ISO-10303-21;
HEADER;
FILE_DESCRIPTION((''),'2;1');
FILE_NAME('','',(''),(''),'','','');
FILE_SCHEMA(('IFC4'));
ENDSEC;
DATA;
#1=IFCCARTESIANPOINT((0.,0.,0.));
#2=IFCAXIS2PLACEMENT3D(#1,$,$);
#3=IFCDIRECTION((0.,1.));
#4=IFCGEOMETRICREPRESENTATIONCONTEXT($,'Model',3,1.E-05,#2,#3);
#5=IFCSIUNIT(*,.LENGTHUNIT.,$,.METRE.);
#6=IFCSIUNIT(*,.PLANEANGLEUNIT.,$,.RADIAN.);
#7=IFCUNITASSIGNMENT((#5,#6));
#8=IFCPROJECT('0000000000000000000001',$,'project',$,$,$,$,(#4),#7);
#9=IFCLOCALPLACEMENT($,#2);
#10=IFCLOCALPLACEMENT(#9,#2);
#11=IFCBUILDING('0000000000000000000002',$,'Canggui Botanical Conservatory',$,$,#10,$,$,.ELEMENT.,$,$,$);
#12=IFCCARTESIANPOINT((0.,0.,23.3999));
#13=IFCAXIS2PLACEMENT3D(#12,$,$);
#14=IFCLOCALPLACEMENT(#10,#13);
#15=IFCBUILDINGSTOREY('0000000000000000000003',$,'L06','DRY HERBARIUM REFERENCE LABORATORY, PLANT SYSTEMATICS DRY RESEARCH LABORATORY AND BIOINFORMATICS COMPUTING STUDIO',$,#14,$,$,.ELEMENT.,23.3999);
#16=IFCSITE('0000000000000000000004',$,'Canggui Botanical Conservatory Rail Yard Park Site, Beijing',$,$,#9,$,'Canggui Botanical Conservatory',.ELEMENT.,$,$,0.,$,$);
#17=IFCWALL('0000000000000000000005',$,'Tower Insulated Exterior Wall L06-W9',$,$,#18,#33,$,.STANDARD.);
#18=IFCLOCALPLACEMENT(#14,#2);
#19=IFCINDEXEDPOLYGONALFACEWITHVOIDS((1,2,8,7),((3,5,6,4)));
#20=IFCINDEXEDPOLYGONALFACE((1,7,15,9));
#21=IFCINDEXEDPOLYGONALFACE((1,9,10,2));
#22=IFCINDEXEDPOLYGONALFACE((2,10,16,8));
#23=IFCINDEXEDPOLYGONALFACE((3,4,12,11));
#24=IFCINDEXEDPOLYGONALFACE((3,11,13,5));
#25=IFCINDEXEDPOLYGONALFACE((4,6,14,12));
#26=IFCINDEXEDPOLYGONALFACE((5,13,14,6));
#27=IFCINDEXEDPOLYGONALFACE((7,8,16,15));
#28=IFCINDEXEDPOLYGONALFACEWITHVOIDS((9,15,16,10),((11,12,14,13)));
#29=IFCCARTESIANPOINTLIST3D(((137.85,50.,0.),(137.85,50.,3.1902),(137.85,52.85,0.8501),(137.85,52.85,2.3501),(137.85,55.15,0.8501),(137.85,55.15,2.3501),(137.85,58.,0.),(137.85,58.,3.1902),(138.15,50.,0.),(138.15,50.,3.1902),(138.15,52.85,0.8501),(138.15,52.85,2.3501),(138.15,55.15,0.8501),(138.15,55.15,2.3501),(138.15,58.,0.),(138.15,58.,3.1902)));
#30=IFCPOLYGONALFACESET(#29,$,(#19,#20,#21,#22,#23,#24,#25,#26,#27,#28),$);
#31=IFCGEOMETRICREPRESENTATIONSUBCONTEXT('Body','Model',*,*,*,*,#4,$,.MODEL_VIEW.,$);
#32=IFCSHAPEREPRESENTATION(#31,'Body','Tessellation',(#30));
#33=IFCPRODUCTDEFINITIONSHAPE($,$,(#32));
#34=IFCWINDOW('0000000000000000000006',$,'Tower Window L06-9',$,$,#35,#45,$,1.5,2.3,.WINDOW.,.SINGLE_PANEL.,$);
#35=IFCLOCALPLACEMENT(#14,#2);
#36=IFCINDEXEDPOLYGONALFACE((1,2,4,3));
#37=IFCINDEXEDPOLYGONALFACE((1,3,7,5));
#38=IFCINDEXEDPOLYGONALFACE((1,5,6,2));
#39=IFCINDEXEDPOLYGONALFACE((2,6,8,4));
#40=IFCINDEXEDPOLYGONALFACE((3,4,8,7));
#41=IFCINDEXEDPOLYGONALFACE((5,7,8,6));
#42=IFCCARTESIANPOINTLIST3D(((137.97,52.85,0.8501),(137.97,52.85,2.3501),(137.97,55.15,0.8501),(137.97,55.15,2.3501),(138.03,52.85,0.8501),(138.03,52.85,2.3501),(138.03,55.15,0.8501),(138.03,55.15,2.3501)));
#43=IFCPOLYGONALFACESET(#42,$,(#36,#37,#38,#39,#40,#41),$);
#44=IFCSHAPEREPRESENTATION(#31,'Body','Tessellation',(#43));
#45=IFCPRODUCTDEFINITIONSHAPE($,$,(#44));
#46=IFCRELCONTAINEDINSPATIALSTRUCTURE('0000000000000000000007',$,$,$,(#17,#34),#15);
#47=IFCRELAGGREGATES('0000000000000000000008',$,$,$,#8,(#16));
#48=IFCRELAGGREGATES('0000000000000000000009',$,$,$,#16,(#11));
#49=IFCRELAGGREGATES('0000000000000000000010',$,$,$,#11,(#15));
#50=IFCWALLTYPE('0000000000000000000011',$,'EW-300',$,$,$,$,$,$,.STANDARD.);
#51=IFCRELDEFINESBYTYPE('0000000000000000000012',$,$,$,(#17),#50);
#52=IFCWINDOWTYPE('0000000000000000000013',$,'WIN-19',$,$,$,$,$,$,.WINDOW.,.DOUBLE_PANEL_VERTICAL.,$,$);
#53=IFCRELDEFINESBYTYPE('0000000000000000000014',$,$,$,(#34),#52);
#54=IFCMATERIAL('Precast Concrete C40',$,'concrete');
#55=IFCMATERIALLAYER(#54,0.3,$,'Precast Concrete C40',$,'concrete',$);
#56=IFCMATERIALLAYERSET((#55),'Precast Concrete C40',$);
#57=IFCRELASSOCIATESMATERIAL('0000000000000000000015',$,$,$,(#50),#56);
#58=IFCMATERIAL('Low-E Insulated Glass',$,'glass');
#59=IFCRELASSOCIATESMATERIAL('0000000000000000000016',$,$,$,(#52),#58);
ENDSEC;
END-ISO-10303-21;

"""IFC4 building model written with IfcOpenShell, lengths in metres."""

from ifc_helpers import new_model, si_unit, direction, frame, frame_2d, origin, place, context, subcontext, project, spatial, rectangle, extrude, material, layer, layer_set, type_object, element, fill, save


model = new_model("IFC4")

# Units and contexts
model_context = context("Model", 3, precision=1e-05, world=origin(), true_north=direction((0.0, 1.0)))
body_context = subcontext(model_context, "Body", "Model", "MODEL_VIEW")
ifc_project = project(units=[si_unit("LENGTHUNIT", "METRE"), si_unit("PLANEANGLEUNIT", "RADIAN")], contexts=[model_context])

# Site, building, storey
site_placement = place(None, origin())
site = spatial("IfcSite", under=ifc_project, at=site_placement, Name="Canggui Botanical Conservatory Rail Yard Park Site, Beijing", LongName="Canggui Botanical Conservatory", CompositionType="ELEMENT", RefElevation=0.0)
building_placement = place(site_placement, origin())
building = spatial("IfcBuilding", under=site, at=building_placement, Name="Canggui Botanical Conservatory", CompositionType="ELEMENT")
storey_placement = place(building_placement, frame((0.0, 0.0, 23.3999)))
storey = spatial("IfcBuildingStorey", under=building, at=storey_placement, Name="L06", Description="DRY HERBARIUM REFERENCE LABORATORY, PLANT SYSTEMATICS DRY RESEARCH LABORATORY AND BIOINFORMATICS COMPUTING STUDIO", CompositionType="ELEMENT", Elevation=23.3999)

# Shared definitions
ifc_material_1 = material(Name="Low-E Insulated Glass", Category="glass")

# Wall, opening, window
ifc_material_2 = material(Name="Precast Concrete C40", Category="concrete")
ifc_layer_1 = layer(ifc_material_2, 0.3, Name="Precast Concrete C40", Category="concrete")
ifc_layer_set_1 = layer_set([ifc_layer_1], Name="Precast Concrete C40")
wall_type = type_object("IfcWallType", Name="EW-300", PredefinedType="STANDARD", material=ifc_layer_set_1)
wall_placement = place(storey_placement, frame((138.0, 50.0, 0.0), z_axis=(0.0, 0.0, 1.0), x_axis=(0.0, 1.0, 0.0)))
wall = element("IfcWall", 1, at=wall_placement, inside=storey, type_object=wall_type, Name="Tower Insulated Exterior Wall L06-W9", PredefinedType="STANDARD", context=body_context, shape_type="SweptSolid", body=[
    extrude(rectangle(XDim=8.0, YDim=0.3, at=frame_2d((4.0, 0.0))), origin(), (0.0, 0.0, 1.0), 3.1902),
])
opening_placement = place(wall_placement, frame((2.8501, 0.0, 0.8501)))
opening = element("IfcOpeningElement", 2, at=opening_placement, cuts=wall, PredefinedType="OPENING", context=body_context, shape_type="SweptSolid", body=[
    extrude(rectangle(XDim=2.3, YDim=1.5, at=frame_2d((1.1499, 0.75))), frame((0.0, 0.1602, 0.0), z_axis=(0.0, -1.0, 0.0), x_axis=(1.0, 0.0, 0.0)), (0.0, 0.0, 1.0), 0.3201),
])
window_type = type_object("IfcWindowType", Name="WIN-19", PartitioningType="DOUBLE_PANEL_VERTICAL", PredefinedType="WINDOW", material=ifc_material_1)
window_placement = place(opening_placement, origin())
window = element("IfcWindow", 3, at=window_placement, inside=storey, type_object=window_type, Name="Tower Window L06-9", OverallHeight=1.5, OverallWidth=2.3, PartitioningType="SINGLE_PANEL", PredefinedType="WINDOW", context=body_context, shape_type="SweptSolid", body=[
    extrude(rectangle(XDim=2.3, YDim=1.5, at=frame_2d((1.1499, 0.75))), frame((0.0, 0.03, 0.0), z_axis=(0.0, -1.0, 0.0), x_axis=(1.0, 0.0, 0.0)), (0.0, 0.0, 1.0), 0.0601),
])
fill(opening, window)

save(model, "model.ifc")
